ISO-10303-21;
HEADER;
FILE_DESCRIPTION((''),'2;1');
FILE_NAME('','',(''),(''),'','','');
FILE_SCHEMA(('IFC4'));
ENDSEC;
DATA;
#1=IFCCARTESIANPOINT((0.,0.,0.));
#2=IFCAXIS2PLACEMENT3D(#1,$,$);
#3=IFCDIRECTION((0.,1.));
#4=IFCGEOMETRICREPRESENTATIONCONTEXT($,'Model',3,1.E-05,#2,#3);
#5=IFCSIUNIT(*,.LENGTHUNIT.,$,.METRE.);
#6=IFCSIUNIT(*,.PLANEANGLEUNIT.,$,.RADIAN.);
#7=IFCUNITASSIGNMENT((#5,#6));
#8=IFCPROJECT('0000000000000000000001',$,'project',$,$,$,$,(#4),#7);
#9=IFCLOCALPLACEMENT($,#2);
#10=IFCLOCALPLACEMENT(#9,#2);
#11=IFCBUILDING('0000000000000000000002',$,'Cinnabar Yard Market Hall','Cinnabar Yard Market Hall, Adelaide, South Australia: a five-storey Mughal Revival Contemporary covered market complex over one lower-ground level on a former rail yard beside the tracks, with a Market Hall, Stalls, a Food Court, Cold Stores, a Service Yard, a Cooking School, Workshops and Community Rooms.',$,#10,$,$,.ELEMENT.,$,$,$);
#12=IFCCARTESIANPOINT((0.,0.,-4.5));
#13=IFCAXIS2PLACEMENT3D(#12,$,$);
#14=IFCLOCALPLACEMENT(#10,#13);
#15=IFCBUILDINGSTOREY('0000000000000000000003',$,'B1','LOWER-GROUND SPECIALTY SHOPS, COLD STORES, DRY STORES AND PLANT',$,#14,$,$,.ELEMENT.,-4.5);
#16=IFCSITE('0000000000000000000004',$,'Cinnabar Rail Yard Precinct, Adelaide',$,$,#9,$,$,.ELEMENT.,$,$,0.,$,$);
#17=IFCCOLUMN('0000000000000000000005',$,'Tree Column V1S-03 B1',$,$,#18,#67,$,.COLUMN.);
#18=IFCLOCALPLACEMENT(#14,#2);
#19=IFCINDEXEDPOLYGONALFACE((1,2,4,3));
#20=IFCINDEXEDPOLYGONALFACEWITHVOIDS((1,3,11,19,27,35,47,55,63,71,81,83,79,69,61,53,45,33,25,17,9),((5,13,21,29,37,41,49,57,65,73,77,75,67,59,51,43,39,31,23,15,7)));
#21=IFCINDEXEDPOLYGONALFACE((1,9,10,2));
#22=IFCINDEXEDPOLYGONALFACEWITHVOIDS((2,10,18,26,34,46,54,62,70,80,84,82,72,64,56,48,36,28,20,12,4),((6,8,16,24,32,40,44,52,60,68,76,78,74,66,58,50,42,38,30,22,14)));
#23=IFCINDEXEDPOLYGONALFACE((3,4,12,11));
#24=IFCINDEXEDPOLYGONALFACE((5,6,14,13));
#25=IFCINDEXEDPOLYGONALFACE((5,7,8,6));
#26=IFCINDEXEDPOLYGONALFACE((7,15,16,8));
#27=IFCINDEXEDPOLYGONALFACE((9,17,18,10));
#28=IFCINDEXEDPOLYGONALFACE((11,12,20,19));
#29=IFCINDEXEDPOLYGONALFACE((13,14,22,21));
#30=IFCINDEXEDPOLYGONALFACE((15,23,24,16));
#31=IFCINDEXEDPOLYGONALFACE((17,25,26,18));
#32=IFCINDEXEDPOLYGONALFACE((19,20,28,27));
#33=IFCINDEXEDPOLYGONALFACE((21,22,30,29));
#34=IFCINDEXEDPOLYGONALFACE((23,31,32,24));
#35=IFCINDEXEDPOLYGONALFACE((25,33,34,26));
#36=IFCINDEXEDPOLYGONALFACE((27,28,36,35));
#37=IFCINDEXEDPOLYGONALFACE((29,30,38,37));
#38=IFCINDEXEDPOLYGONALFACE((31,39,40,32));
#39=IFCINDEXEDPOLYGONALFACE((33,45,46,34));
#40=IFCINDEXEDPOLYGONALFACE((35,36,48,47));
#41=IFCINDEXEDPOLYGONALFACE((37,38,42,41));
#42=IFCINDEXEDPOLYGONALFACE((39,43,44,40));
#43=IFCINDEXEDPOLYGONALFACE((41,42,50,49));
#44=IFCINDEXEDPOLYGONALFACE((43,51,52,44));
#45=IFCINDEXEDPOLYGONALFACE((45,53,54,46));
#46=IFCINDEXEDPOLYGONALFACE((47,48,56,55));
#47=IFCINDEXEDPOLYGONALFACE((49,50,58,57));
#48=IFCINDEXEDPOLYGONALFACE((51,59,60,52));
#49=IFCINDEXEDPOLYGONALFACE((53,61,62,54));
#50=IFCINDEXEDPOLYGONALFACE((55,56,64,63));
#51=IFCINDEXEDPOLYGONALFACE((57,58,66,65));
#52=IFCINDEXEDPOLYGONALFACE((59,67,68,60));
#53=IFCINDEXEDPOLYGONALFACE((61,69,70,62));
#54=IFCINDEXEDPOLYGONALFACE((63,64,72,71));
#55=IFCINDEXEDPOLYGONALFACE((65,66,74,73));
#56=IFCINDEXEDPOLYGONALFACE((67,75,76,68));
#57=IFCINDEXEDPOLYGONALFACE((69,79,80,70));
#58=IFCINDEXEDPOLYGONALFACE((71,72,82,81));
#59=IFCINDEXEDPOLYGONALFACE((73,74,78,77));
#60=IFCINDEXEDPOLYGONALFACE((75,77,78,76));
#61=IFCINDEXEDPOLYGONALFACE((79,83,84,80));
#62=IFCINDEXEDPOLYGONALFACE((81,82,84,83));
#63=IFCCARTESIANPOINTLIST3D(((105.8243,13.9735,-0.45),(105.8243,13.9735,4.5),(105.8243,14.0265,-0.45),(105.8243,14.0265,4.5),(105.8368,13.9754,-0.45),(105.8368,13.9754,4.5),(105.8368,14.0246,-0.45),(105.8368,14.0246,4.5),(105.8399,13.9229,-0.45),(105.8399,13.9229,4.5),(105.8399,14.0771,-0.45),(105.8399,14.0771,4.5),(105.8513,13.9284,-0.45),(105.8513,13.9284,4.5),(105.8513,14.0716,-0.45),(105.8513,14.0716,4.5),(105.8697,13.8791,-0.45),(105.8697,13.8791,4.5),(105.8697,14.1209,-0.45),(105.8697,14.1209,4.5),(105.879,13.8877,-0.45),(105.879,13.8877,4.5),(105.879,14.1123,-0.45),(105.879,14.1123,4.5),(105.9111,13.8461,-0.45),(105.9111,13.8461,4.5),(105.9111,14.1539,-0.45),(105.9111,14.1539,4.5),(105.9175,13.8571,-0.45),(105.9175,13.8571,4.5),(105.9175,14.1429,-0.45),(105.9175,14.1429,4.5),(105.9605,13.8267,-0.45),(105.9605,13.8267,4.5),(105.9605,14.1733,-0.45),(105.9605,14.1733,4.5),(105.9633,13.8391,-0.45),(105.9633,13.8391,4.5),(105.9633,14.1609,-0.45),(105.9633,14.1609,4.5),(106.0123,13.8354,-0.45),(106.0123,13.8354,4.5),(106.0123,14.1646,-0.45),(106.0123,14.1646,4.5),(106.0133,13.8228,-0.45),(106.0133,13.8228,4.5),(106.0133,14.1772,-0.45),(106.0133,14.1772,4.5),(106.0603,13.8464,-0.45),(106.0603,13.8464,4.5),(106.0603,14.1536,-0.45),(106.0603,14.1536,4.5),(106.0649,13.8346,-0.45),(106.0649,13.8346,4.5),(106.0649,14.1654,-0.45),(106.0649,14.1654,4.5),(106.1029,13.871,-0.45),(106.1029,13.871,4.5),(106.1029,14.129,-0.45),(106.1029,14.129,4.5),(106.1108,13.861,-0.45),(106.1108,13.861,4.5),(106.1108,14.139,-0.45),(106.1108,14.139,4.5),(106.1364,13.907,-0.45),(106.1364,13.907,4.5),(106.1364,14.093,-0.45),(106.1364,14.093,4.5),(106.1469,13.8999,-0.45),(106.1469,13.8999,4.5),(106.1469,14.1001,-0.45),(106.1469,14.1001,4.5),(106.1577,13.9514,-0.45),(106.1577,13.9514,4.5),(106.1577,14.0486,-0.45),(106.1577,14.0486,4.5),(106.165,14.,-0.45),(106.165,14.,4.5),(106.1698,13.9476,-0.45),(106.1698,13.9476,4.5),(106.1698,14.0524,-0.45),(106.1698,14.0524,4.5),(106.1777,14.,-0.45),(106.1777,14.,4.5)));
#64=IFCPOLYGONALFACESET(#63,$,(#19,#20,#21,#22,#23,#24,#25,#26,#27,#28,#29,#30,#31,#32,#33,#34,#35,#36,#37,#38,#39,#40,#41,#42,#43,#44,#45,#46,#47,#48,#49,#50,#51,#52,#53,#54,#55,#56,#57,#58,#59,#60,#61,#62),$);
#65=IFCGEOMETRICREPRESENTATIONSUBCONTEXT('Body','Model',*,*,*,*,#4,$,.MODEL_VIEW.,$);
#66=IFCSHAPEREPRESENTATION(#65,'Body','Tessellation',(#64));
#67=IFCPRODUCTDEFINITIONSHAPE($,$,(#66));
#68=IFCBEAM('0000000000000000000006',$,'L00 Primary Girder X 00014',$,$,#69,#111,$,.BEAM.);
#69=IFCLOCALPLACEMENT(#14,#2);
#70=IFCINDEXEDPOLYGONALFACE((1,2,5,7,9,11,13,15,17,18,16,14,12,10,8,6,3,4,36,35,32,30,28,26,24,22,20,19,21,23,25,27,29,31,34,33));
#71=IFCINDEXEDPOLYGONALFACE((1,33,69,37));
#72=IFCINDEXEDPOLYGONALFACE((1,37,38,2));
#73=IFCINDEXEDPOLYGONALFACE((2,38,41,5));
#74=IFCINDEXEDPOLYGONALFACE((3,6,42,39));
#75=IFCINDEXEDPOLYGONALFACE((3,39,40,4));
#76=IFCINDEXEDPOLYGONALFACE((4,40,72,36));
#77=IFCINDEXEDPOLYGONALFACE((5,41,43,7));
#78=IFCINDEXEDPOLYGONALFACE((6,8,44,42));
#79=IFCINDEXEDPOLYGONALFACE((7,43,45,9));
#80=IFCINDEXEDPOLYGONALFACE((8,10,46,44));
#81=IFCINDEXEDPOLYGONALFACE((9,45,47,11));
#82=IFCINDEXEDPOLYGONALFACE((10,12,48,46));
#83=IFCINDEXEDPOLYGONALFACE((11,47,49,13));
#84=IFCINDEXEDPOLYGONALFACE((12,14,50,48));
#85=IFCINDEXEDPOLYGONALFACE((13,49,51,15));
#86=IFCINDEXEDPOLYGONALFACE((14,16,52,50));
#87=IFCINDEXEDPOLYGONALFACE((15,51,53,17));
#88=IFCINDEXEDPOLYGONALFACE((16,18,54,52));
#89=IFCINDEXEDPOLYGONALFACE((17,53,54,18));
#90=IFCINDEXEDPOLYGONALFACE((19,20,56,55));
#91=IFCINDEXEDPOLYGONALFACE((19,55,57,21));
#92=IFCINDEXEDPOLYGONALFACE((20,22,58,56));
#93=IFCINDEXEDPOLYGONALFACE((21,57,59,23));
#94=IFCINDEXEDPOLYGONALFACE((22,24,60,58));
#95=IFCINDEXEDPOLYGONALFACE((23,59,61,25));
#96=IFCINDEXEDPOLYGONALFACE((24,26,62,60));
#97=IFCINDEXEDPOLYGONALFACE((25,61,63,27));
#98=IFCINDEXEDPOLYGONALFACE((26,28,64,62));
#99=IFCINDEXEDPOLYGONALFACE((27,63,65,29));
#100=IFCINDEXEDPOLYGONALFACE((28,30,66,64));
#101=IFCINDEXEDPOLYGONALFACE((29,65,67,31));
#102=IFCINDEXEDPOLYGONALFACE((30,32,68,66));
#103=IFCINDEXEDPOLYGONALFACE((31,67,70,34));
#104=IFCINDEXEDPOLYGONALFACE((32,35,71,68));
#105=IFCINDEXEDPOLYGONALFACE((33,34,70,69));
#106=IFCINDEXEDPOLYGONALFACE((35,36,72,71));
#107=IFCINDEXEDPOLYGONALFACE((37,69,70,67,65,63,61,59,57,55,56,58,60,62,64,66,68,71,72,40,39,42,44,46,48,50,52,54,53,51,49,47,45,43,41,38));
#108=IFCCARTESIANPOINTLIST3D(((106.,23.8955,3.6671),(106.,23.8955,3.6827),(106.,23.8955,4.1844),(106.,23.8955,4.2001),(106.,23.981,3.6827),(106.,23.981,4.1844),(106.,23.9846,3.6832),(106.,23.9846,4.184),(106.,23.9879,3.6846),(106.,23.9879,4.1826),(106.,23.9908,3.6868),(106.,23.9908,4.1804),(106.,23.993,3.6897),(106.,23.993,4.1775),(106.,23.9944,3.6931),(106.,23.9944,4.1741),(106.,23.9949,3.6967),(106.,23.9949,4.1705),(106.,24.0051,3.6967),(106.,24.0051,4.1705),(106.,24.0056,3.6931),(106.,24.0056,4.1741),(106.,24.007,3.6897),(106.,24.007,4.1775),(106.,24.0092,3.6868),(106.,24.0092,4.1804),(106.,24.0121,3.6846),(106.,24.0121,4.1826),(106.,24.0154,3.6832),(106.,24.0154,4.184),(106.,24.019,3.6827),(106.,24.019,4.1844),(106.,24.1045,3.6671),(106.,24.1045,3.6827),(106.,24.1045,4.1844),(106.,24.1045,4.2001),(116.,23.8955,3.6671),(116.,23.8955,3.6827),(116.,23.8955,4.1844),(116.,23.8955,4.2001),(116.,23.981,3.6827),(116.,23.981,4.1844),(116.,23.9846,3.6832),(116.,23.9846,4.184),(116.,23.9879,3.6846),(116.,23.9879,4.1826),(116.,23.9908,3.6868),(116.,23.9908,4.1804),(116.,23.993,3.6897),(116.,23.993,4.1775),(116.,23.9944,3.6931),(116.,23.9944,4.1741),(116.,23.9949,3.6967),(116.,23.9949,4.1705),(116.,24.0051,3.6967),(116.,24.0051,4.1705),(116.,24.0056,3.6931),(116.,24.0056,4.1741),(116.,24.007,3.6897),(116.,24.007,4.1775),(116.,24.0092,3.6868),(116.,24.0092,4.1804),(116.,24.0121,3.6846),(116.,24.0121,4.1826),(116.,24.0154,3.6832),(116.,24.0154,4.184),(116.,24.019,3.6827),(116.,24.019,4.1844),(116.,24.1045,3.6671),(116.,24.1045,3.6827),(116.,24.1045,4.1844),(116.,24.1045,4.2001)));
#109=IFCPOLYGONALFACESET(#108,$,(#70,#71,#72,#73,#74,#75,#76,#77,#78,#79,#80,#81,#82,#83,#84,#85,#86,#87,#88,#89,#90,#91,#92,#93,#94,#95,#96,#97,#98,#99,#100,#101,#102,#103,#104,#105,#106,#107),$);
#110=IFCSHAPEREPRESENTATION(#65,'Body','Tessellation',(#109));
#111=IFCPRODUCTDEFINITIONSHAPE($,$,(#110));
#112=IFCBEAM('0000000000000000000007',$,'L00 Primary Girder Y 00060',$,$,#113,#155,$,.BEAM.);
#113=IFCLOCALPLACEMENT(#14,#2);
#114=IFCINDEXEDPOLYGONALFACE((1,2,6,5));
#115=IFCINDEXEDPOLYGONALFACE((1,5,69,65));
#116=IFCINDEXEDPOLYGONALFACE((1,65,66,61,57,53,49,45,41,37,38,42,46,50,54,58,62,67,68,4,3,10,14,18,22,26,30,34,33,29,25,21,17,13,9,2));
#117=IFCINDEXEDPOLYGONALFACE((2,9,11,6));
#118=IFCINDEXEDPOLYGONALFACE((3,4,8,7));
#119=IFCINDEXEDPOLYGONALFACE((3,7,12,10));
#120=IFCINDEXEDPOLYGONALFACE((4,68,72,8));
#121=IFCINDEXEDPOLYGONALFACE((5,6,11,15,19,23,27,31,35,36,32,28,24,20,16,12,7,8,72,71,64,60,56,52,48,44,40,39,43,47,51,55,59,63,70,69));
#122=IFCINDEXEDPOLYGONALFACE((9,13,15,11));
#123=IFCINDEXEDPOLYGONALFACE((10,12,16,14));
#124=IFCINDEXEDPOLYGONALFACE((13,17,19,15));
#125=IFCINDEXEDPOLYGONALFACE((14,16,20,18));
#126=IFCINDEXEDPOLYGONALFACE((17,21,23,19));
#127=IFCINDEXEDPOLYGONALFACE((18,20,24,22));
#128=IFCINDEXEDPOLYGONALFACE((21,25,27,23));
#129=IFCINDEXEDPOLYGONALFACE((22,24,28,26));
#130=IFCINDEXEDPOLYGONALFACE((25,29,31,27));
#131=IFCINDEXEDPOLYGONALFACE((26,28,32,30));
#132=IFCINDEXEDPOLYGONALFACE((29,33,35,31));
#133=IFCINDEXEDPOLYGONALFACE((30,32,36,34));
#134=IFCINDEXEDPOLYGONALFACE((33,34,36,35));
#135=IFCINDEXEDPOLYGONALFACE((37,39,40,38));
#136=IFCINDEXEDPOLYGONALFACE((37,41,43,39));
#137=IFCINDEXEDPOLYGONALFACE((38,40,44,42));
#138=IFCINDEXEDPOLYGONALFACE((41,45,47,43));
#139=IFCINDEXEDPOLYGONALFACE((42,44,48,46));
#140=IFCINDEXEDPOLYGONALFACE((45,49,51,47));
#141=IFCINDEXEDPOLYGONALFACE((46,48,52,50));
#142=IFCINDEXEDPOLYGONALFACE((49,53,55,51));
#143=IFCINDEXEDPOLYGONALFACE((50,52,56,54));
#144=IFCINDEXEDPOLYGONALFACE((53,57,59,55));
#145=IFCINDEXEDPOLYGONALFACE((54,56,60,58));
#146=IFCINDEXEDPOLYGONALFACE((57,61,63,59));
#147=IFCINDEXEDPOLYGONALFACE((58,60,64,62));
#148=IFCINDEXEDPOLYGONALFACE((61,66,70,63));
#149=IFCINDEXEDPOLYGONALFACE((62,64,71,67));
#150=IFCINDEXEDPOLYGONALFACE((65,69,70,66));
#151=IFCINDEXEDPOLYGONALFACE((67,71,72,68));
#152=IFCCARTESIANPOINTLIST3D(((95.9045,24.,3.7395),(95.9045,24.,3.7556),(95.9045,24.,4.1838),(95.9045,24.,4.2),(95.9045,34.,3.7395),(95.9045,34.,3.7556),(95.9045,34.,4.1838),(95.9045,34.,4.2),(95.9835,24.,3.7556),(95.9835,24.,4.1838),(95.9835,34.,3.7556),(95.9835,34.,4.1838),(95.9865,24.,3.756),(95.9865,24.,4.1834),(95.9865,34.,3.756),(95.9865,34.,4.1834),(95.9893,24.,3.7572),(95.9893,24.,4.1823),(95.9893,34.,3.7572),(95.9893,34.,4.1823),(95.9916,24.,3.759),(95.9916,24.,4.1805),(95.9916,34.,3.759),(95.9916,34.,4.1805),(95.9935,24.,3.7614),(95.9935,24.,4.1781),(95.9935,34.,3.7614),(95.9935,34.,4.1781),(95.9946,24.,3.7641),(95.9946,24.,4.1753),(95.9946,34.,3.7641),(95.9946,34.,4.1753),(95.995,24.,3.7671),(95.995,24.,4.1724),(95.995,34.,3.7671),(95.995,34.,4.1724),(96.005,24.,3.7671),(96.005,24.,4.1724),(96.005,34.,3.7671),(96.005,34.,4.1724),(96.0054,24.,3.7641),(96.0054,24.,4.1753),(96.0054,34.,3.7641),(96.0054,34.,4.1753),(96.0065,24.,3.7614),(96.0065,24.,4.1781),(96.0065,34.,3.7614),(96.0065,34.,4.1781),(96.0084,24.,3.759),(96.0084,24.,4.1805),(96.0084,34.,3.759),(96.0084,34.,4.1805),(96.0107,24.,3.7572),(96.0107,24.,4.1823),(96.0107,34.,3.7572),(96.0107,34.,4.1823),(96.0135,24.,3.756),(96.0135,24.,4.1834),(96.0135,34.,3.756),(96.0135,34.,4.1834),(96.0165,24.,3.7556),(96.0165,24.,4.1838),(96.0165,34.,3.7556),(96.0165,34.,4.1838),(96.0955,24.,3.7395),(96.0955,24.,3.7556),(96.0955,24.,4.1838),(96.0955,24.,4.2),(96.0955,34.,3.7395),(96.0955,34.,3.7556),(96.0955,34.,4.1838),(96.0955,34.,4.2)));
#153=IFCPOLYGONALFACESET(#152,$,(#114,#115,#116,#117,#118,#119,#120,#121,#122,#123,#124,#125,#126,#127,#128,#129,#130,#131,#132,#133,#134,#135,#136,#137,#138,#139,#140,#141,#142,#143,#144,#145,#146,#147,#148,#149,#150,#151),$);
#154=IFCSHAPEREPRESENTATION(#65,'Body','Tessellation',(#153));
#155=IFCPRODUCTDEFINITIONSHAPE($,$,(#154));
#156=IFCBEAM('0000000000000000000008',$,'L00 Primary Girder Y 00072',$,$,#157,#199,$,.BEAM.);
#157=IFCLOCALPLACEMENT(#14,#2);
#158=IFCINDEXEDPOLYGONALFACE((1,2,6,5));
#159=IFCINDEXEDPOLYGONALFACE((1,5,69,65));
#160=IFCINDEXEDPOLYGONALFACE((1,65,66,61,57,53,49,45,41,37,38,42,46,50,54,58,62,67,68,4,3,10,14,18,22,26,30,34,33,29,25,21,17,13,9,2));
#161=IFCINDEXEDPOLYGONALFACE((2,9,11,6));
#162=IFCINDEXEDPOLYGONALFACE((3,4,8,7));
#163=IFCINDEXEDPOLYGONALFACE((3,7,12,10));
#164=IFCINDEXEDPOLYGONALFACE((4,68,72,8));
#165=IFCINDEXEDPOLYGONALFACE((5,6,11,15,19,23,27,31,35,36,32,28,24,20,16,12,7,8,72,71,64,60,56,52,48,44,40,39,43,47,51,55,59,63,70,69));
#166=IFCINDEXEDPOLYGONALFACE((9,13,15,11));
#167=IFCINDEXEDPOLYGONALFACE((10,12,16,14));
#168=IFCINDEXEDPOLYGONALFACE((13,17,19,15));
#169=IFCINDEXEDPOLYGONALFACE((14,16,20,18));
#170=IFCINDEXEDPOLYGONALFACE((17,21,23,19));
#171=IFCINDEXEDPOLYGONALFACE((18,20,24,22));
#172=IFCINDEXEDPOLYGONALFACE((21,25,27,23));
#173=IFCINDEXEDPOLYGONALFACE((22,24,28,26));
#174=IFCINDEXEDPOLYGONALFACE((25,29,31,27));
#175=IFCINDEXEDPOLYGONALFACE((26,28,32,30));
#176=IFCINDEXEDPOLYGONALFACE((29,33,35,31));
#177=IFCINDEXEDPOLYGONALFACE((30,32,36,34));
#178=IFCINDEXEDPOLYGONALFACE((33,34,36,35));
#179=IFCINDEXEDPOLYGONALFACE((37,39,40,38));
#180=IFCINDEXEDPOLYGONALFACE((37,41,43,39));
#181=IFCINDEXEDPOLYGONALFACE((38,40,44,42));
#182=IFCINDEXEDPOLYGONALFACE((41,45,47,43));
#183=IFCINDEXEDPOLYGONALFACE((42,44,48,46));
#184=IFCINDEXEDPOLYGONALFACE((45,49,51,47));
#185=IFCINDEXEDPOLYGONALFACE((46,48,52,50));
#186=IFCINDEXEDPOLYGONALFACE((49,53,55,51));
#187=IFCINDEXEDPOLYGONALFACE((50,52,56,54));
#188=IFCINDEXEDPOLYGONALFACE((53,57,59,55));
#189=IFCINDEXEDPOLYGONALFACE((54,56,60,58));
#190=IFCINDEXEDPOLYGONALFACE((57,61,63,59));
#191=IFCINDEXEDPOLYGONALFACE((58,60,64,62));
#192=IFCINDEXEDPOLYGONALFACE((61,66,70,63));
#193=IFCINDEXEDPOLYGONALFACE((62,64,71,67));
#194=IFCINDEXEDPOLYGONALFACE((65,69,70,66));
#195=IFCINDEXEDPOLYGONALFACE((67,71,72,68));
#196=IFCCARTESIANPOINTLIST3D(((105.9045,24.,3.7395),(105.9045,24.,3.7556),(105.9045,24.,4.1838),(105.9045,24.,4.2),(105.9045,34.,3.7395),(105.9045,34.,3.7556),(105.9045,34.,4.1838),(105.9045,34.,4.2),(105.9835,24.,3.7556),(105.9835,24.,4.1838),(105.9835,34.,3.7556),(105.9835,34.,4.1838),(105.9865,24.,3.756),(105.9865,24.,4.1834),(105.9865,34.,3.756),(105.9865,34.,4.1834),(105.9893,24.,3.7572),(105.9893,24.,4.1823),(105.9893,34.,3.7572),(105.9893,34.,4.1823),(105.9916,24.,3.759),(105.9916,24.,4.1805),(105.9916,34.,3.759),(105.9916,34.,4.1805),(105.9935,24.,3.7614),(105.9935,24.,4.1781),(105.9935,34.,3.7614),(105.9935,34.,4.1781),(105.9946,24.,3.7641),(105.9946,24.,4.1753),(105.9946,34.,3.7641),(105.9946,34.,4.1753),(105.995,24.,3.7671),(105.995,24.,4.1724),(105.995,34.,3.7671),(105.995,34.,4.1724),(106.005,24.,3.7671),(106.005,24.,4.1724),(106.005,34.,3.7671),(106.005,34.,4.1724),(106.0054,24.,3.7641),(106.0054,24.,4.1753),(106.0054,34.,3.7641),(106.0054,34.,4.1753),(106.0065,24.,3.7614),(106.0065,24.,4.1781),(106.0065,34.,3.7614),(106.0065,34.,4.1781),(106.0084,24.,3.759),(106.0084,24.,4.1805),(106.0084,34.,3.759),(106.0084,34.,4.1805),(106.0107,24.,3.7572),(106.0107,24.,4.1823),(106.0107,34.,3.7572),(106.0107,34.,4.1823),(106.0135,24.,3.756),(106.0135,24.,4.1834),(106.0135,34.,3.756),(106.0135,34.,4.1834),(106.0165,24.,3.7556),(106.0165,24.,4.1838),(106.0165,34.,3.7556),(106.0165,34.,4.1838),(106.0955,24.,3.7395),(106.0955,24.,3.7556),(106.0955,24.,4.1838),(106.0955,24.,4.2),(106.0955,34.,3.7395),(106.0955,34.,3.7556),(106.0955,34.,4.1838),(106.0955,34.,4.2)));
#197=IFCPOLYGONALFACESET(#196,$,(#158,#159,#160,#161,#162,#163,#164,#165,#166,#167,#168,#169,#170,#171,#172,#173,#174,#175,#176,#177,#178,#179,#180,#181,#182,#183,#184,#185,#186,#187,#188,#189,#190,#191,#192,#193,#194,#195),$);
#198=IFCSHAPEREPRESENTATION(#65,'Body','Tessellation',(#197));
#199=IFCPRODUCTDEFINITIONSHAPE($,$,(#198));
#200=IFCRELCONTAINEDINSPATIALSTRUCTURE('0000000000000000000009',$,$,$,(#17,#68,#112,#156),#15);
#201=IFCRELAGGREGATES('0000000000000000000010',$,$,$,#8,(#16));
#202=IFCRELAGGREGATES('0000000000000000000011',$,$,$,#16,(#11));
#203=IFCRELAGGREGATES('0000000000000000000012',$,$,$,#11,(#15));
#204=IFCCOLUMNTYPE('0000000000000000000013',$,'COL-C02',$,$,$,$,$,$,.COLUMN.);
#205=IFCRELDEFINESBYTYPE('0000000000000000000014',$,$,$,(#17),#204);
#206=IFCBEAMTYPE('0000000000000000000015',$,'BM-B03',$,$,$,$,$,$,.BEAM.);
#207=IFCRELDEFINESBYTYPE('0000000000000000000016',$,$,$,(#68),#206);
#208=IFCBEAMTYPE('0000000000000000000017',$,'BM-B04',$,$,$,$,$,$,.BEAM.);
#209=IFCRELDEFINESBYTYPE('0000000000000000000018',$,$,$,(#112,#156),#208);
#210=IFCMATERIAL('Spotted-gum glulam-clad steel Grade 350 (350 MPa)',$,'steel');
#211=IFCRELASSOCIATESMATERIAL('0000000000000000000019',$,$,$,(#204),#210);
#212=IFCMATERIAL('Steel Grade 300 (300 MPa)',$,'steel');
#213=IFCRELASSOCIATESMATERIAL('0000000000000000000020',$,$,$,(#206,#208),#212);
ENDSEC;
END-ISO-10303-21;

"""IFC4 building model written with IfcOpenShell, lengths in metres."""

from ifc_helpers import new_model, si_unit, direction, frame, origin, origin_2d_with_axis, place, context, subcontext, project, spatial, hollow_circle, i_section, extrude, material, material_profile, profile_set, type_object, element, save


model = new_model("IFC4")

# Units and contexts
model_context = context("Model", 3, precision=1e-05, world=origin(), true_north=direction((0.0, 1.0)))
body_context = subcontext(model_context, "Body", "Model", "MODEL_VIEW")
ifc_project = project(units=[si_unit("LENGTHUNIT", "METRE"), si_unit("PLANEANGLEUNIT", "RADIAN")], contexts=[model_context])

# Site, building, storey
site_placement = place(None, origin())
site = spatial("IfcSite", under=ifc_project, at=site_placement, Name="Cinnabar Rail Yard Precinct, Adelaide", CompositionType="ELEMENT", RefElevation=0.0)
building_placement = place(site_placement, origin())
building = spatial("IfcBuilding", under=site, at=building_placement, Name="Cinnabar Yard Market Hall", Description="Cinnabar Yard Market Hall, Adelaide, South Australia: a five-storey Mughal Revival Contemporary covered market complex over one lower-ground level on a former rail yard beside the tracks, with a Market Hall, Stalls, a Food Court, Cold Stores, a Service Yard, a Cooking School, Workshops and Community Rooms.", CompositionType="ELEMENT")
storey_placement = place(building_placement, frame((0.0, 0.0, -4.5)))
storey = spatial("IfcBuildingStorey", under=building, at=storey_placement, Name="B1", Description="LOWER-GROUND SPECIALTY SHOPS, COLD STORES, DRY STORES AND PLANT", CompositionType="ELEMENT", Elevation=-4.5)

# Column
ifc_material_1 = material(Name="Spotted-gum glulam-clad steel Grade 350 (350 MPa)", Category="steel")
ifc_material_profile_1 = material_profile(ifc_material_1, hollow_circle(Radius=0.1777, WallThickness=0.0127, at=origin_2d_with_axis()), Name="355.6x12.7CHS")
ifc_profile_set_1 = profile_set([ifc_material_profile_1], Name="Spotted-gum glulam-clad steel Grade 350 (350 MPa)")
column_type_1 = type_object("IfcColumnType", Name="COL-C02", PredefinedType="COLUMN", material=ifc_profile_set_1)
column_placement = place(storey_placement, frame((106.0, 14.0, -0.45), z_axis=(0.0, 0.0, 1.0), x_axis=(1.0, 0.0, 0.0)))
element("IfcColumn", 1, at=column_placement, inside=storey, type_object=column_type_1, Name="Tree Column V1S-03 B1", PredefinedType="COLUMN", context=body_context, shape_type="SweptSolid", body=[
    extrude(hollow_circle(Radius=0.1777, WallThickness=0.0127, at=origin_2d_with_axis()), origin(), (0.0, 0.0, 1.0), 4.95),
])

# Beams
ifc_material_2 = material(Name="Steel Grade 300 (300 MPa)", Category="steel")
ifc_material_profile_2 = material_profile(ifc_material_2, i_section(OverallWidth=0.209, OverallDepth=0.533, WebThickness=0.0103, FlangeThickness=0.0156, FilletRadius=0.0139, at=origin_2d_with_axis()), Name="530UB92.4")
ifc_profile_set_2 = profile_set([ifc_material_profile_2], Name="Steel Grade 300 (300 MPa)")
beam_type_1 = type_object("IfcBeamType", Name="BM-B03", PredefinedType="BEAM", material=ifc_profile_set_2)
beam_1_placement = place(storey_placement, frame((106.0, 24.0, 3.9336), z_axis=(1.0, 0.0, 0.0), x_axis=(0.0, 1.0, 0.0)))
element("IfcBeam", 2, at=beam_1_placement, inside=storey, type_object=beam_type_1, Name="L00 Primary Girder X 00014", PredefinedType="BEAM", context=body_context, shape_type="SweptSolid", body=[
    extrude(i_section(OverallWidth=0.209, OverallDepth=0.533, WebThickness=0.0103, FlangeThickness=0.0156, FilletRadius=0.0139, at=origin_2d_with_axis()), origin(), (0.0, 0.0, 1.0), 10.0),
])
ifc_material_profile_3 = material_profile(ifc_material_2, i_section(OverallWidth=0.1909, OverallDepth=0.4604, WebThickness=0.01, FlangeThickness=0.0161, FilletRadius=0.0115, at=origin_2d_with_axis()), Name="460UB82.1")
ifc_profile_set_3 = profile_set([ifc_material_profile_3], Name="Steel Grade 300 (300 MPa)")
beam_type_2 = type_object("IfcBeamType", Name="BM-B04", PredefinedType="BEAM", material=ifc_profile_set_3)
for number, where, z_axis, x_axis, name in (
    (3, (96.0, 24.0, 3.9697), (0.0, 1.0, 0.0), (-1.0, 0.0, 0.0), "L00 Primary Girder Y 00060"),
    (4, (106.0, 24.0, 3.9697), (0.0, 1.0, 0.0), (-1.0, 0.0, 0.0), "L00 Primary Girder Y 00072"),
):
    element("IfcBeam", number, at=place(storey_placement, frame(where, z_axis=z_axis, x_axis=x_axis)), inside=storey, type_object=beam_type_2, Name=name, PredefinedType="BEAM", context=body_context, shape_type="SweptSolid", body=[
        extrude(i_section(OverallWidth=0.1909, OverallDepth=0.4604, WebThickness=0.01, FlangeThickness=0.0161, FilletRadius=0.0115, at=origin_2d_with_axis()), origin(), (0.0, 0.0, 1.0), 10.0),
    ])

save(model, "model.ifc")
